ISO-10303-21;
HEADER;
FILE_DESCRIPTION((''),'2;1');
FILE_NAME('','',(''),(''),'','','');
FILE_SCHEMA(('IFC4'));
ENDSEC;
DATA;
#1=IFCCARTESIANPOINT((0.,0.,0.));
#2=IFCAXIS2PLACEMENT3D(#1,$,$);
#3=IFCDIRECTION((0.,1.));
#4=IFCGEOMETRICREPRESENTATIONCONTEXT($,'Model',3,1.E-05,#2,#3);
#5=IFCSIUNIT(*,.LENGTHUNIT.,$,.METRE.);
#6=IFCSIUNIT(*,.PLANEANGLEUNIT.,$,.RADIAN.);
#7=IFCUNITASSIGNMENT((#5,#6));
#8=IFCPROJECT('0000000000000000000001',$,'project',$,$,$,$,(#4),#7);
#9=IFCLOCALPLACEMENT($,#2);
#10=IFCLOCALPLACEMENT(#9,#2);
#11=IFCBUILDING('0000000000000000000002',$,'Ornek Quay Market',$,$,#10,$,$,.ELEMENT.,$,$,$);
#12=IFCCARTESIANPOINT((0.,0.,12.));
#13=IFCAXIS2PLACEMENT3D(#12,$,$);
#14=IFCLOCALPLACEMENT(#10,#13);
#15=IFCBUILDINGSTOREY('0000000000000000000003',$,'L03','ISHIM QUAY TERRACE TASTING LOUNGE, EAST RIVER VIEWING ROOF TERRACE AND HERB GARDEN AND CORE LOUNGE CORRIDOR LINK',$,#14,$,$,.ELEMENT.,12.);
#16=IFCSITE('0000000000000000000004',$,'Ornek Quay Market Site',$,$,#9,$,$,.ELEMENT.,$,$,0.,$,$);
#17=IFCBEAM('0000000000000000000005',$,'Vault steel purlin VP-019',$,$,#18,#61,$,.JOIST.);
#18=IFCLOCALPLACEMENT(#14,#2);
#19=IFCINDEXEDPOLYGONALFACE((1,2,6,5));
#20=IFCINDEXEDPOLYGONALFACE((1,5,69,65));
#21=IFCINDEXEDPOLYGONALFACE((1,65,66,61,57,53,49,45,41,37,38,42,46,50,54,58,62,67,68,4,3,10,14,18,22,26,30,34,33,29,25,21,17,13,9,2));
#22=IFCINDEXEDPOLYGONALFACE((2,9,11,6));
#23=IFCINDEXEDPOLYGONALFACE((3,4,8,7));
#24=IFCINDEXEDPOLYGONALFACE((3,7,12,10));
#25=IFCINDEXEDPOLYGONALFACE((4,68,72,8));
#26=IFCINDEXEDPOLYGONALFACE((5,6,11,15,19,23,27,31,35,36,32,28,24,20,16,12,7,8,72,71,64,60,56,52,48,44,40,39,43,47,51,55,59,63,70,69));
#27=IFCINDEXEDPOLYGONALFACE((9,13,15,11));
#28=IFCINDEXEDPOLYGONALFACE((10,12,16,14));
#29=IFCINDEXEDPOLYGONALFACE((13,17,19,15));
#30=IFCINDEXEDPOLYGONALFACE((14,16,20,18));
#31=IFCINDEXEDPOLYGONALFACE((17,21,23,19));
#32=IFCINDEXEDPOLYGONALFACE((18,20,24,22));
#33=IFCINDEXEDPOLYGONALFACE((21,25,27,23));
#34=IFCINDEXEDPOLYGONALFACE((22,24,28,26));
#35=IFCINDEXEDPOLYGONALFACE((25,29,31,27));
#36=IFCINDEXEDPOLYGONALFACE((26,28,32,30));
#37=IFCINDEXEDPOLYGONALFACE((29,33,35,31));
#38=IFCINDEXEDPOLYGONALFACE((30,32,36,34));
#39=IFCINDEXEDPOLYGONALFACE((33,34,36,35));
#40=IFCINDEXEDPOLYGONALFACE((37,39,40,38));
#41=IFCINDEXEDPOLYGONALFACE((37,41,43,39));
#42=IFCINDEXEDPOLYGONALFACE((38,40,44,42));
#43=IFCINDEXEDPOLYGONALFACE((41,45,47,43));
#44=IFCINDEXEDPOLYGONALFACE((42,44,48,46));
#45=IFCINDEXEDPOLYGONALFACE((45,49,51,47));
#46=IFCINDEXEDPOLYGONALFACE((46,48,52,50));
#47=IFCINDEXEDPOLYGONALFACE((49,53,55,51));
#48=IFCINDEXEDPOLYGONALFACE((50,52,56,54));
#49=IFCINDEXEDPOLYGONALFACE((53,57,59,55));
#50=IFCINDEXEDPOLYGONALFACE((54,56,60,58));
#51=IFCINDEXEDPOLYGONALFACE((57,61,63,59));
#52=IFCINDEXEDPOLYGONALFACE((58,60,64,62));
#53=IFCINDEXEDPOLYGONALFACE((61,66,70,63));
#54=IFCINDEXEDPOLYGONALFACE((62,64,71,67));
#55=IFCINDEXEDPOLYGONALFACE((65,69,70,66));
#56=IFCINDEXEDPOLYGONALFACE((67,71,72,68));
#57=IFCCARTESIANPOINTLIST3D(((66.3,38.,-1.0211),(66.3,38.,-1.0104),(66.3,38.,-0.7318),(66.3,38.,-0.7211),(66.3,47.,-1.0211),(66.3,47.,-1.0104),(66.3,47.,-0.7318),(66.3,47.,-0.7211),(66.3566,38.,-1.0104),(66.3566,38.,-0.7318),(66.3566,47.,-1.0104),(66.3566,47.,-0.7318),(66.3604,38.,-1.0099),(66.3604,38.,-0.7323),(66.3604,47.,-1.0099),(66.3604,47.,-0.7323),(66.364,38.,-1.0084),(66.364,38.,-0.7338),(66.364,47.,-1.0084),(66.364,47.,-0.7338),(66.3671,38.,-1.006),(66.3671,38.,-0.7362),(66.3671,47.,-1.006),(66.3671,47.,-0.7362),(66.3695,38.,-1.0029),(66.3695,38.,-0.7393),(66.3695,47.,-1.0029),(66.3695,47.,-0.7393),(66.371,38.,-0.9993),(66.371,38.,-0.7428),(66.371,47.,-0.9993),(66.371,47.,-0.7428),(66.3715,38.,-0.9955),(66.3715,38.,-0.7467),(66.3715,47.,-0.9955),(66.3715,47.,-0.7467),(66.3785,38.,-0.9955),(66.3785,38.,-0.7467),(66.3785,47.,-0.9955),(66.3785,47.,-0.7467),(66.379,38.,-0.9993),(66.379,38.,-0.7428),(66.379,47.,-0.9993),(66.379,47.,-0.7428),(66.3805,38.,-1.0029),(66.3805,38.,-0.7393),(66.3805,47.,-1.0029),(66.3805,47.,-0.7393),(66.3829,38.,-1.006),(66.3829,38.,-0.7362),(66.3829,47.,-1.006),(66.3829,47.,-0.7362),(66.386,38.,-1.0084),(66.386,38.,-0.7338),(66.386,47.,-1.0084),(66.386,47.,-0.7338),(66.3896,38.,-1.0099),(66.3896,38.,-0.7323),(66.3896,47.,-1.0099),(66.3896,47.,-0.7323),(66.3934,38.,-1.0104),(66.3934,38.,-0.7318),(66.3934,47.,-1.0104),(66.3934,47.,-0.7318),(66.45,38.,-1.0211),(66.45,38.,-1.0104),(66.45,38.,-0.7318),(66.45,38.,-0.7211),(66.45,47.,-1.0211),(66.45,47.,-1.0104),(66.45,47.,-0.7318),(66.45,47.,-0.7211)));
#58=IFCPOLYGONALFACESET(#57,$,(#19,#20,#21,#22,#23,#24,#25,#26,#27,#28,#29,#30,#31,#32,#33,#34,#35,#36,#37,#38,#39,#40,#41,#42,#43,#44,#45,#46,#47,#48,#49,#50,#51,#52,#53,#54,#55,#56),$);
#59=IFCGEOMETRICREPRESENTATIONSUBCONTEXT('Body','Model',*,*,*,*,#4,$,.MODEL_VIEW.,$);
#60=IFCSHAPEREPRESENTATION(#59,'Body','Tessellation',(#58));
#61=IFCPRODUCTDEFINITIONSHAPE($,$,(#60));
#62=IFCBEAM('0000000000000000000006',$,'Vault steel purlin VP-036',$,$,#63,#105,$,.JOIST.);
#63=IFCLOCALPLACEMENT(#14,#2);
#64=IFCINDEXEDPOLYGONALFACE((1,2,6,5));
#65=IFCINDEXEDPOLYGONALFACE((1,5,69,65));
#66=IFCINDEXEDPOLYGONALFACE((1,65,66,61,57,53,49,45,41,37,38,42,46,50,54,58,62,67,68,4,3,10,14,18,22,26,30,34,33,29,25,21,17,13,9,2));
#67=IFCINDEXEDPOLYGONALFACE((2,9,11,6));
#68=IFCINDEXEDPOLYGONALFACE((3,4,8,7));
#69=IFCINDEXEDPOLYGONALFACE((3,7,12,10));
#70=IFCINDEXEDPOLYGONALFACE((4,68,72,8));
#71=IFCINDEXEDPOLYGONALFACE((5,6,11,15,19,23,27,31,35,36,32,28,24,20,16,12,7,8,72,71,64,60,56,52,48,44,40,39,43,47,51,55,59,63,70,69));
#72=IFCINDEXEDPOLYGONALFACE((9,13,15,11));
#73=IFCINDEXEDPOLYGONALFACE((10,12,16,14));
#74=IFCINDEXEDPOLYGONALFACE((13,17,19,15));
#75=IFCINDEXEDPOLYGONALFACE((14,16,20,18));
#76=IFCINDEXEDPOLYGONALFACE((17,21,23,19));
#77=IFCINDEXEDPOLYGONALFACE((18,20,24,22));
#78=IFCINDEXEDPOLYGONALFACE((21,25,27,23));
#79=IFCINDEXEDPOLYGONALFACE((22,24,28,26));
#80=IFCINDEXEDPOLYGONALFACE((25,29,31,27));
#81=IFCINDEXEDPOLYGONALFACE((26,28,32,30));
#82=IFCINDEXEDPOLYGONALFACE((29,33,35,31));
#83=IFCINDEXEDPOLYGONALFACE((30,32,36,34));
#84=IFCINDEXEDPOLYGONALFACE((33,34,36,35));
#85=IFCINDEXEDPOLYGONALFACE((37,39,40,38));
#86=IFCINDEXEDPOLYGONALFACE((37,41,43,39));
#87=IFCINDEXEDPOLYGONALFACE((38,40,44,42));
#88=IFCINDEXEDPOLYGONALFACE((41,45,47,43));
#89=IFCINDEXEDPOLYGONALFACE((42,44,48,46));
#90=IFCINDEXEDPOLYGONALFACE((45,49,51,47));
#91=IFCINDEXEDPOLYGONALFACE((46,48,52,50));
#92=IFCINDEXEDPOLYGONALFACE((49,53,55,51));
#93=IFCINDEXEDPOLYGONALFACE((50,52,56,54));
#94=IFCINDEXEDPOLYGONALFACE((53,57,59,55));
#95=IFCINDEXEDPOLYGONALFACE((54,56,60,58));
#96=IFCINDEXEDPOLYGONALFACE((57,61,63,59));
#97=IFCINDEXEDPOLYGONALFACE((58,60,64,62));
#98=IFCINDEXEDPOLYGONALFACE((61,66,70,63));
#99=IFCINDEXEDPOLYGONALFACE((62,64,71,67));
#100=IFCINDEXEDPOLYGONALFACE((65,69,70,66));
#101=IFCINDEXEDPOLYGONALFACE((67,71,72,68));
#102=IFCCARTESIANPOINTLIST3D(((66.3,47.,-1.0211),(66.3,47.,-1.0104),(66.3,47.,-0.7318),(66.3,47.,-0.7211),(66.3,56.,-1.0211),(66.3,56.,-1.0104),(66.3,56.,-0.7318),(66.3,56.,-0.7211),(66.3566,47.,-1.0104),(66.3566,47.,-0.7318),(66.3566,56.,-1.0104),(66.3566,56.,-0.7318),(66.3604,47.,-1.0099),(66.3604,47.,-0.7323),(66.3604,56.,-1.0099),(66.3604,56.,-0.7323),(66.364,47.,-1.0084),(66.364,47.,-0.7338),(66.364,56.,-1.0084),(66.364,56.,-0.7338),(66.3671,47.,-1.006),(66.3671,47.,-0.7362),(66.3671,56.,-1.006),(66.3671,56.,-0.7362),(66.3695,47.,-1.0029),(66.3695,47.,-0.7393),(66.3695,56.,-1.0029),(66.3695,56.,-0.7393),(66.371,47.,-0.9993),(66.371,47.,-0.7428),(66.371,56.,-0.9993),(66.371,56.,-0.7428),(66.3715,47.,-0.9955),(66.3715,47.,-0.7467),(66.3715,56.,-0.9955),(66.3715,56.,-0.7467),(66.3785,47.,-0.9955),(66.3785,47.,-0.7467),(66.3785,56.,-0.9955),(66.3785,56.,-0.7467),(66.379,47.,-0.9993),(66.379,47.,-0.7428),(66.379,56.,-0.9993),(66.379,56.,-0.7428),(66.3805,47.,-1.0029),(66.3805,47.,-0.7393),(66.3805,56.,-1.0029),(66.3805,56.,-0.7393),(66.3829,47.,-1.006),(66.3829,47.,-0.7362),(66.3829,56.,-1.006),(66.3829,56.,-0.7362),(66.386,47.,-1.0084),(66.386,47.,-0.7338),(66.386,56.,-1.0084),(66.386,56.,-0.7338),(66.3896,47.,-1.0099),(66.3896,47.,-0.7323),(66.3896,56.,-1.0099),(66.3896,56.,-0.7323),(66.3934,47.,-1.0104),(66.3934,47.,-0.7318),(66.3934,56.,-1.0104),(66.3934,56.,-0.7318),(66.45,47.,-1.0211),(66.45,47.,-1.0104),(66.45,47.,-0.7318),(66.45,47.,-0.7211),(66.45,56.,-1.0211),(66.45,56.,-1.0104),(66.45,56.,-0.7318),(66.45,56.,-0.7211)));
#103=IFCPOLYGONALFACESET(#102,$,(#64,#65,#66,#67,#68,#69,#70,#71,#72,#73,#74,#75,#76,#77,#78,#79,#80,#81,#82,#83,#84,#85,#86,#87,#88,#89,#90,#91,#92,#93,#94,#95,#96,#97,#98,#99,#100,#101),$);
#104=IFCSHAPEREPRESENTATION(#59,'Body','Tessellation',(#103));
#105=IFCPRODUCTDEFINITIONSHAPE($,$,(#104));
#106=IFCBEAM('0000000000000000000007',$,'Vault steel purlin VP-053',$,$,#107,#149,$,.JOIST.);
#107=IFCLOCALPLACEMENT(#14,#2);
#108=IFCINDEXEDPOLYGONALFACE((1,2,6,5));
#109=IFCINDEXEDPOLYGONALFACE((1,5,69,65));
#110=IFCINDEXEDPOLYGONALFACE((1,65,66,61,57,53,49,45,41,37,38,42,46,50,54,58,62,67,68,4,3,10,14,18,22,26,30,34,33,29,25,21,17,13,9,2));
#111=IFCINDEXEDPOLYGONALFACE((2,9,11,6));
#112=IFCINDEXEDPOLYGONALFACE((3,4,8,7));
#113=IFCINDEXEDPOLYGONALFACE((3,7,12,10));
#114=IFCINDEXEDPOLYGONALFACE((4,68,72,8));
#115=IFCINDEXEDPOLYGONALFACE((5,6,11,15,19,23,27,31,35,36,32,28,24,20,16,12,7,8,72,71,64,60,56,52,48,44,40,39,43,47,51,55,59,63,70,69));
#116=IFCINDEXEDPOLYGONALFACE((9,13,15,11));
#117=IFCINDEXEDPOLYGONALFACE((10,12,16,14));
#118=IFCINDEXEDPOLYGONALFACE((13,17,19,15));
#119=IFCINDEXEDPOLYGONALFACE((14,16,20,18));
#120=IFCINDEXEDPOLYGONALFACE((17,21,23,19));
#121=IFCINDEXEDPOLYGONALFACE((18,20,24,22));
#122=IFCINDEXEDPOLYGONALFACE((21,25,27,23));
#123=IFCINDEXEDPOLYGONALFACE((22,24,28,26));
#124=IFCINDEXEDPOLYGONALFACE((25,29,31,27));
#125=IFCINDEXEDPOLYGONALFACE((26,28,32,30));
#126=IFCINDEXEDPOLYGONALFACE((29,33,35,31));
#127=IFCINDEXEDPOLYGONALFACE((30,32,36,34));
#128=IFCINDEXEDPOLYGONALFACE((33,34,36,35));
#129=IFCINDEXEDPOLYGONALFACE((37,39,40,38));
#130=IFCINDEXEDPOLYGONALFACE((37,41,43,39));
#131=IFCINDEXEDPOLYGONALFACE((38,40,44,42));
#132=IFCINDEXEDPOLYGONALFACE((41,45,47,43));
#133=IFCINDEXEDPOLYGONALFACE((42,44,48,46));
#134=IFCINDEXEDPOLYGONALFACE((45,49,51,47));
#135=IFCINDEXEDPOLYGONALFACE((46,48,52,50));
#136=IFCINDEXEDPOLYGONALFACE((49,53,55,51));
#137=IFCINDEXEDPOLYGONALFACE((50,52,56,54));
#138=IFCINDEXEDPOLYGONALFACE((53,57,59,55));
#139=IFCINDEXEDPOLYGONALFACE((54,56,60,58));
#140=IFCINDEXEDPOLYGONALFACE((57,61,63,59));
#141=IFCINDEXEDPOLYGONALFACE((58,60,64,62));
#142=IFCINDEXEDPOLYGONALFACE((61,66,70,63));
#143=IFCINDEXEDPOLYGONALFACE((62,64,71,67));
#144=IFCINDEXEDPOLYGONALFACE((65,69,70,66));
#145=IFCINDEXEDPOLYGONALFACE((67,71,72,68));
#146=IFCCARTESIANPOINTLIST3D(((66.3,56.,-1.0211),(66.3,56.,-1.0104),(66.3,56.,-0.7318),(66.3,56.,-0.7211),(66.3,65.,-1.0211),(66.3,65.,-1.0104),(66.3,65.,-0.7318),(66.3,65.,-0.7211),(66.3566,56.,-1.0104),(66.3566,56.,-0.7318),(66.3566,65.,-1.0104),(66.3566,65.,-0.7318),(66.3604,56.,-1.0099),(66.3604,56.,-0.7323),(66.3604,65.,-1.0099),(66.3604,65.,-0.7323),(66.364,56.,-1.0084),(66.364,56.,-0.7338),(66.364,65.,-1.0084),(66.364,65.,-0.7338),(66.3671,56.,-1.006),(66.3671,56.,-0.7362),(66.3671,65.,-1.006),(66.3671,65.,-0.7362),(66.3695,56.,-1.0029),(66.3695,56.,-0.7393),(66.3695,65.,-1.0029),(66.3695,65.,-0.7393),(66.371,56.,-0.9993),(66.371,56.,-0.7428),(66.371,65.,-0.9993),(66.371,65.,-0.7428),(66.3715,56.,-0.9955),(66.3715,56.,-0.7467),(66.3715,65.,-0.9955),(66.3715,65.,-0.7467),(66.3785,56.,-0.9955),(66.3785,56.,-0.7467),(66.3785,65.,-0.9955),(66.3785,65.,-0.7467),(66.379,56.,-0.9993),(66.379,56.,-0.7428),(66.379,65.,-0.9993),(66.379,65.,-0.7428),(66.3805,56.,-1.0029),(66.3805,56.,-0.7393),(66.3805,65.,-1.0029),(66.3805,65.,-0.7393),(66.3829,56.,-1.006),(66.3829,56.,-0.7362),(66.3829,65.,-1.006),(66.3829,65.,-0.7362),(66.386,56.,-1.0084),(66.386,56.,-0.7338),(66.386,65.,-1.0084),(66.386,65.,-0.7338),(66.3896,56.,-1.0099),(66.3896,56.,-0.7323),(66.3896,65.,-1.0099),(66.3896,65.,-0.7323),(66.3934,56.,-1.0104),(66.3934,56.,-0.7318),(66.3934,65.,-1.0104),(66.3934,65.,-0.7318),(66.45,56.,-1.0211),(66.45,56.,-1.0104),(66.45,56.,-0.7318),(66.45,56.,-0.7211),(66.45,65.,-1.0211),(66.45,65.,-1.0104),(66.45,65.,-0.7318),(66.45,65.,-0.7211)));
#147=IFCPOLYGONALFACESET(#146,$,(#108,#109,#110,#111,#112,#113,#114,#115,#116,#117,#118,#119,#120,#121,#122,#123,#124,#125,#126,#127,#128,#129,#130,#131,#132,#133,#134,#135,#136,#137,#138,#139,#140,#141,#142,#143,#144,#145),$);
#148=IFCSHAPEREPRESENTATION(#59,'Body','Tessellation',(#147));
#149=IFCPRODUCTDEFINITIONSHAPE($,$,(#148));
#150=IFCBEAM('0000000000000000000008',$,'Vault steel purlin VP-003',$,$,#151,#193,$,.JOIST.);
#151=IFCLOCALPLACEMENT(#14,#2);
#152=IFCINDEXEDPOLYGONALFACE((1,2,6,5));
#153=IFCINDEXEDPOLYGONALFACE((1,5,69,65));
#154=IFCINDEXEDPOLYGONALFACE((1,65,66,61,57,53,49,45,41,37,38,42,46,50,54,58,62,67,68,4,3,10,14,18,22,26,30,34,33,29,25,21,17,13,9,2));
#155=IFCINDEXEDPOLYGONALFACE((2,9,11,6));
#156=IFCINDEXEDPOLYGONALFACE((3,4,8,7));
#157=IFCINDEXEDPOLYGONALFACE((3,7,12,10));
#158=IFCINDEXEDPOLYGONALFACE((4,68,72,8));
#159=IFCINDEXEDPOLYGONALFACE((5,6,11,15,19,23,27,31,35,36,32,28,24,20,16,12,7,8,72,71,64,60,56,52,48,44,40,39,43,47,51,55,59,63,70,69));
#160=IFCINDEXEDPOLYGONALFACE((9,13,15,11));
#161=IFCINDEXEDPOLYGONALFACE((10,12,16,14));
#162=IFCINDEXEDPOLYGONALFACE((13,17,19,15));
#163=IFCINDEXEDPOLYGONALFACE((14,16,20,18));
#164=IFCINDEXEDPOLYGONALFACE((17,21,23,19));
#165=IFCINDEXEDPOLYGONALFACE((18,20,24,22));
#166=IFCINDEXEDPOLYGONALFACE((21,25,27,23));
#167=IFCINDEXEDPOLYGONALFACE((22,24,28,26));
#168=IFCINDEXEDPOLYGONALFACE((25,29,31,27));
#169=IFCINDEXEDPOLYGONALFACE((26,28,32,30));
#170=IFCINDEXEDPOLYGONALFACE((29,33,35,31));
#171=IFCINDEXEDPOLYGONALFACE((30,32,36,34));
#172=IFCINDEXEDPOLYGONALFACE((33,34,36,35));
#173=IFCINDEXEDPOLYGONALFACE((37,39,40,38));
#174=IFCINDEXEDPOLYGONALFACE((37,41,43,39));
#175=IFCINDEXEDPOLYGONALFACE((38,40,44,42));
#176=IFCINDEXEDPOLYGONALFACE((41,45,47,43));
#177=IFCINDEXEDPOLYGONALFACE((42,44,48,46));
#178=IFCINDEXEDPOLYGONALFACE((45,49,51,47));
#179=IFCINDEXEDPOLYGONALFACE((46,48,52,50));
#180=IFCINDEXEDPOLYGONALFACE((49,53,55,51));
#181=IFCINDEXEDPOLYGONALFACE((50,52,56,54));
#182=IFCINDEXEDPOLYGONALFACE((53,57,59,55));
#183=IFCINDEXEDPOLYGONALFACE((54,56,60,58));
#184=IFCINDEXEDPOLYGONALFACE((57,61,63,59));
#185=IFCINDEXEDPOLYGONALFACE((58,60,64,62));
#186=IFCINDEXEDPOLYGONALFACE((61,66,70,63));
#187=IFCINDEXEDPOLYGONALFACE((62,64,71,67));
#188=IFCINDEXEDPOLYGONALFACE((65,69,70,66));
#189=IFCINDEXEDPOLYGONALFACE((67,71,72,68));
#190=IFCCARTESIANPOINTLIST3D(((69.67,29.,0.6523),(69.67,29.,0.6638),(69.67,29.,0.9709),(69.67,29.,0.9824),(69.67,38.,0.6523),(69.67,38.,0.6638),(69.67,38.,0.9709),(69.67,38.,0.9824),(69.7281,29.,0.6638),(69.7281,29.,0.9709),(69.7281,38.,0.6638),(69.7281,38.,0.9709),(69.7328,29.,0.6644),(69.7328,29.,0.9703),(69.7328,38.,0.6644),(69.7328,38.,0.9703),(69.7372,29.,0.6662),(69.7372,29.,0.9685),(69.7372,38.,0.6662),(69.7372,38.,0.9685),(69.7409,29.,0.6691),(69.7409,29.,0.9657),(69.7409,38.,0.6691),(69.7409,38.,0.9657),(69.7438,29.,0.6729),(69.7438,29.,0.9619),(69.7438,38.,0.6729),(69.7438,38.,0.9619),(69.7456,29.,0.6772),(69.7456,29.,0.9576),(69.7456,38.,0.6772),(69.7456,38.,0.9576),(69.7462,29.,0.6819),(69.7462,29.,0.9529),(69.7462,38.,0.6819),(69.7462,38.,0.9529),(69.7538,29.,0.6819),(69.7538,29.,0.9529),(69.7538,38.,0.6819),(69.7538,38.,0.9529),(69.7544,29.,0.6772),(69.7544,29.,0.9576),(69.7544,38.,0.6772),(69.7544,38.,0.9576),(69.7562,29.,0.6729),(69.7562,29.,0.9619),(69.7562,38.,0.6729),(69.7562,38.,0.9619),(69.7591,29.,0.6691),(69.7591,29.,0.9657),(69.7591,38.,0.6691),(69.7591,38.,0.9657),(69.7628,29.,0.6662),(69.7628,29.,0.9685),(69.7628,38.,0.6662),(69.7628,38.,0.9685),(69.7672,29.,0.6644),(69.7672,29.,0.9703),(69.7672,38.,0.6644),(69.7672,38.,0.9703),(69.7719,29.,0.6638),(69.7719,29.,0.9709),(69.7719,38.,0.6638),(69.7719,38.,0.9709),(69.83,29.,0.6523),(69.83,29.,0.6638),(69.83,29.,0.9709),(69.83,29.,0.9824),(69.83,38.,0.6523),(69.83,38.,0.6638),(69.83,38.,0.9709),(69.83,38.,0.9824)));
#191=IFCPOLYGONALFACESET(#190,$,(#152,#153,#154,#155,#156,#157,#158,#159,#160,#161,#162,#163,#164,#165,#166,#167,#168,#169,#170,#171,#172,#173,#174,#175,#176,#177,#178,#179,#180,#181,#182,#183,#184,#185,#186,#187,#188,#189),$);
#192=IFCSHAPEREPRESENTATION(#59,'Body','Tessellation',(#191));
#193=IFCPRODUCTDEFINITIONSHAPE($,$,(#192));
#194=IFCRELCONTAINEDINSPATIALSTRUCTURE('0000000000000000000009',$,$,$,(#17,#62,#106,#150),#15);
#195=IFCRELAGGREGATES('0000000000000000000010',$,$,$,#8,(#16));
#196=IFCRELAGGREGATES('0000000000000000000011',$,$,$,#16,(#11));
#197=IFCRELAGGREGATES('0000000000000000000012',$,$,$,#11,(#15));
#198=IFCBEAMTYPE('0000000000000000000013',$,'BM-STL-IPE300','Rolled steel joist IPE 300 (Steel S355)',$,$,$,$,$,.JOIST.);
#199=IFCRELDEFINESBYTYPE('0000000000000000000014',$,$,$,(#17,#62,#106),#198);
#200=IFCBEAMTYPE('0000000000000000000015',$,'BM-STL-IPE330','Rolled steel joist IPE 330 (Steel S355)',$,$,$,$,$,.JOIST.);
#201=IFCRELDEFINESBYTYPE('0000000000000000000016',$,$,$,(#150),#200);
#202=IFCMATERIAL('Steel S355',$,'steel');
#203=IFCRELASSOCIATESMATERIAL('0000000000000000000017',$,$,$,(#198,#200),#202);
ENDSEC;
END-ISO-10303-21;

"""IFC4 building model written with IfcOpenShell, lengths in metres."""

from ifc_helpers import new_model, si_unit, direction, frame, origin, origin_2d, place, context, subcontext, project, spatial, i_section, extrude, material, material_profile, profile_set, type_object, element, save


model = new_model("IFC4")

# Units and contexts
model_context = context("Model", 3, precision=1e-05, world=origin(), true_north=direction((0.0, 1.0)))
body_context = subcontext(model_context, "Body", "Model", "MODEL_VIEW")
ifc_project = project(units=[si_unit("LENGTHUNIT", "METRE"), si_unit("PLANEANGLEUNIT", "RADIAN")], contexts=[model_context])

# Site, building, storey
site_placement = place(None, origin())
site = spatial("IfcSite", under=ifc_project, at=site_placement, Name="Ornek Quay Market Site", CompositionType="ELEMENT", RefElevation=0.0)
building_placement = place(site_placement, origin())
building = spatial("IfcBuilding", under=site, at=building_placement, Name="Ornek Quay Market", CompositionType="ELEMENT")
storey_placement = place(building_placement, frame((0.0, 0.0, 12.0)))
storey = spatial("IfcBuildingStorey", under=building, at=storey_placement, Name="L03", Description="ISHIM QUAY TERRACE TASTING LOUNGE, EAST RIVER VIEWING ROOF TERRACE AND HERB GARDEN AND CORE LOUNGE CORRIDOR LINK", CompositionType="ELEMENT", Elevation=12.0)

# Beams
ifc_material_1 = material(Name="Steel S355", Category="steel")
ifc_material_profile_1 = material_profile(ifc_material_1, i_section(OverallWidth=0.1499, OverallDepth=0.3, WebThickness=0.0071, FlangeThickness=0.0107, FilletRadius=0.0149, at=origin_2d()), Name="IPE 300", Category="steel")
ifc_profile_set_1 = profile_set([ifc_material_profile_1], Name="Steel S355")
beam_type_1 = type_object("IfcBeamType", Name="BM-STL-IPE300", Description="Rolled steel joist IPE 300 (Steel S355)", PredefinedType="JOIST", material=ifc_profile_set_1)
for number, where, z_axis, x_axis, name in (
    (1, (66.375, 38.0, -0.8711), (0.0, 1.0, 0.0), (-1.0, 0.0, 0.0), "Vault steel purlin VP-019"),
    (2, (66.375, 47.0, -0.8711), (0.0, 1.0, 0.0), (-1.0, 0.0, 0.0), "Vault steel purlin VP-036"),
    (3, (66.375, 56.0, -0.8711), (0.0, 1.0, 0.0), (-1.0, 0.0, 0.0), "Vault steel purlin VP-053"),
):
    element("IfcBeam", number, at=place(storey_placement, frame(where, z_axis=z_axis, x_axis=x_axis)), inside=storey, type_object=beam_type_1, Name=name, PredefinedType="JOIST", context=body_context, shape_type="SweptSolid", body=[
        extrude(i_section(OverallWidth=0.1499, OverallDepth=0.3, WebThickness=0.0071, FlangeThickness=0.0107, FilletRadius=0.0149, at=origin_2d()), origin(), (0.0, 0.0, 1.0), 9.0),
    ])
ifc_material_profile_2 = material_profile(ifc_material_1, i_section(OverallWidth=0.1599, OverallDepth=0.3301, WebThickness=0.0076, FlangeThickness=0.0115, FilletRadius=0.0181, at=origin_2d()), Name="IPE 330", Category="steel")
ifc_profile_set_2 = profile_set([ifc_material_profile_2], Name="Steel S355")
beam_type_2 = type_object("IfcBeamType", Name="BM-STL-IPE330", Description="Rolled steel joist IPE 330 (Steel S355)", PredefinedType="JOIST", material=ifc_profile_set_2)
beam_1_placement = place(storey_placement, frame((69.75, 29.0, 0.8174), z_axis=(0.0, 1.0, 0.0), x_axis=(-1.0, 0.0, 0.0)))
element("IfcBeam", 4, at=beam_1_placement, inside=storey, type_object=beam_type_2, Name="Vault steel purlin VP-003", PredefinedType="JOIST", context=body_context, shape_type="SweptSolid", body=[
    extrude(i_section(OverallWidth=0.1599, OverallDepth=0.3301, WebThickness=0.0076, FlangeThickness=0.0115, FilletRadius=0.0181, at=origin_2d()), origin(), (0.0, 0.0, 1.0), 9.0),
])

save(model, "model.ifc")
